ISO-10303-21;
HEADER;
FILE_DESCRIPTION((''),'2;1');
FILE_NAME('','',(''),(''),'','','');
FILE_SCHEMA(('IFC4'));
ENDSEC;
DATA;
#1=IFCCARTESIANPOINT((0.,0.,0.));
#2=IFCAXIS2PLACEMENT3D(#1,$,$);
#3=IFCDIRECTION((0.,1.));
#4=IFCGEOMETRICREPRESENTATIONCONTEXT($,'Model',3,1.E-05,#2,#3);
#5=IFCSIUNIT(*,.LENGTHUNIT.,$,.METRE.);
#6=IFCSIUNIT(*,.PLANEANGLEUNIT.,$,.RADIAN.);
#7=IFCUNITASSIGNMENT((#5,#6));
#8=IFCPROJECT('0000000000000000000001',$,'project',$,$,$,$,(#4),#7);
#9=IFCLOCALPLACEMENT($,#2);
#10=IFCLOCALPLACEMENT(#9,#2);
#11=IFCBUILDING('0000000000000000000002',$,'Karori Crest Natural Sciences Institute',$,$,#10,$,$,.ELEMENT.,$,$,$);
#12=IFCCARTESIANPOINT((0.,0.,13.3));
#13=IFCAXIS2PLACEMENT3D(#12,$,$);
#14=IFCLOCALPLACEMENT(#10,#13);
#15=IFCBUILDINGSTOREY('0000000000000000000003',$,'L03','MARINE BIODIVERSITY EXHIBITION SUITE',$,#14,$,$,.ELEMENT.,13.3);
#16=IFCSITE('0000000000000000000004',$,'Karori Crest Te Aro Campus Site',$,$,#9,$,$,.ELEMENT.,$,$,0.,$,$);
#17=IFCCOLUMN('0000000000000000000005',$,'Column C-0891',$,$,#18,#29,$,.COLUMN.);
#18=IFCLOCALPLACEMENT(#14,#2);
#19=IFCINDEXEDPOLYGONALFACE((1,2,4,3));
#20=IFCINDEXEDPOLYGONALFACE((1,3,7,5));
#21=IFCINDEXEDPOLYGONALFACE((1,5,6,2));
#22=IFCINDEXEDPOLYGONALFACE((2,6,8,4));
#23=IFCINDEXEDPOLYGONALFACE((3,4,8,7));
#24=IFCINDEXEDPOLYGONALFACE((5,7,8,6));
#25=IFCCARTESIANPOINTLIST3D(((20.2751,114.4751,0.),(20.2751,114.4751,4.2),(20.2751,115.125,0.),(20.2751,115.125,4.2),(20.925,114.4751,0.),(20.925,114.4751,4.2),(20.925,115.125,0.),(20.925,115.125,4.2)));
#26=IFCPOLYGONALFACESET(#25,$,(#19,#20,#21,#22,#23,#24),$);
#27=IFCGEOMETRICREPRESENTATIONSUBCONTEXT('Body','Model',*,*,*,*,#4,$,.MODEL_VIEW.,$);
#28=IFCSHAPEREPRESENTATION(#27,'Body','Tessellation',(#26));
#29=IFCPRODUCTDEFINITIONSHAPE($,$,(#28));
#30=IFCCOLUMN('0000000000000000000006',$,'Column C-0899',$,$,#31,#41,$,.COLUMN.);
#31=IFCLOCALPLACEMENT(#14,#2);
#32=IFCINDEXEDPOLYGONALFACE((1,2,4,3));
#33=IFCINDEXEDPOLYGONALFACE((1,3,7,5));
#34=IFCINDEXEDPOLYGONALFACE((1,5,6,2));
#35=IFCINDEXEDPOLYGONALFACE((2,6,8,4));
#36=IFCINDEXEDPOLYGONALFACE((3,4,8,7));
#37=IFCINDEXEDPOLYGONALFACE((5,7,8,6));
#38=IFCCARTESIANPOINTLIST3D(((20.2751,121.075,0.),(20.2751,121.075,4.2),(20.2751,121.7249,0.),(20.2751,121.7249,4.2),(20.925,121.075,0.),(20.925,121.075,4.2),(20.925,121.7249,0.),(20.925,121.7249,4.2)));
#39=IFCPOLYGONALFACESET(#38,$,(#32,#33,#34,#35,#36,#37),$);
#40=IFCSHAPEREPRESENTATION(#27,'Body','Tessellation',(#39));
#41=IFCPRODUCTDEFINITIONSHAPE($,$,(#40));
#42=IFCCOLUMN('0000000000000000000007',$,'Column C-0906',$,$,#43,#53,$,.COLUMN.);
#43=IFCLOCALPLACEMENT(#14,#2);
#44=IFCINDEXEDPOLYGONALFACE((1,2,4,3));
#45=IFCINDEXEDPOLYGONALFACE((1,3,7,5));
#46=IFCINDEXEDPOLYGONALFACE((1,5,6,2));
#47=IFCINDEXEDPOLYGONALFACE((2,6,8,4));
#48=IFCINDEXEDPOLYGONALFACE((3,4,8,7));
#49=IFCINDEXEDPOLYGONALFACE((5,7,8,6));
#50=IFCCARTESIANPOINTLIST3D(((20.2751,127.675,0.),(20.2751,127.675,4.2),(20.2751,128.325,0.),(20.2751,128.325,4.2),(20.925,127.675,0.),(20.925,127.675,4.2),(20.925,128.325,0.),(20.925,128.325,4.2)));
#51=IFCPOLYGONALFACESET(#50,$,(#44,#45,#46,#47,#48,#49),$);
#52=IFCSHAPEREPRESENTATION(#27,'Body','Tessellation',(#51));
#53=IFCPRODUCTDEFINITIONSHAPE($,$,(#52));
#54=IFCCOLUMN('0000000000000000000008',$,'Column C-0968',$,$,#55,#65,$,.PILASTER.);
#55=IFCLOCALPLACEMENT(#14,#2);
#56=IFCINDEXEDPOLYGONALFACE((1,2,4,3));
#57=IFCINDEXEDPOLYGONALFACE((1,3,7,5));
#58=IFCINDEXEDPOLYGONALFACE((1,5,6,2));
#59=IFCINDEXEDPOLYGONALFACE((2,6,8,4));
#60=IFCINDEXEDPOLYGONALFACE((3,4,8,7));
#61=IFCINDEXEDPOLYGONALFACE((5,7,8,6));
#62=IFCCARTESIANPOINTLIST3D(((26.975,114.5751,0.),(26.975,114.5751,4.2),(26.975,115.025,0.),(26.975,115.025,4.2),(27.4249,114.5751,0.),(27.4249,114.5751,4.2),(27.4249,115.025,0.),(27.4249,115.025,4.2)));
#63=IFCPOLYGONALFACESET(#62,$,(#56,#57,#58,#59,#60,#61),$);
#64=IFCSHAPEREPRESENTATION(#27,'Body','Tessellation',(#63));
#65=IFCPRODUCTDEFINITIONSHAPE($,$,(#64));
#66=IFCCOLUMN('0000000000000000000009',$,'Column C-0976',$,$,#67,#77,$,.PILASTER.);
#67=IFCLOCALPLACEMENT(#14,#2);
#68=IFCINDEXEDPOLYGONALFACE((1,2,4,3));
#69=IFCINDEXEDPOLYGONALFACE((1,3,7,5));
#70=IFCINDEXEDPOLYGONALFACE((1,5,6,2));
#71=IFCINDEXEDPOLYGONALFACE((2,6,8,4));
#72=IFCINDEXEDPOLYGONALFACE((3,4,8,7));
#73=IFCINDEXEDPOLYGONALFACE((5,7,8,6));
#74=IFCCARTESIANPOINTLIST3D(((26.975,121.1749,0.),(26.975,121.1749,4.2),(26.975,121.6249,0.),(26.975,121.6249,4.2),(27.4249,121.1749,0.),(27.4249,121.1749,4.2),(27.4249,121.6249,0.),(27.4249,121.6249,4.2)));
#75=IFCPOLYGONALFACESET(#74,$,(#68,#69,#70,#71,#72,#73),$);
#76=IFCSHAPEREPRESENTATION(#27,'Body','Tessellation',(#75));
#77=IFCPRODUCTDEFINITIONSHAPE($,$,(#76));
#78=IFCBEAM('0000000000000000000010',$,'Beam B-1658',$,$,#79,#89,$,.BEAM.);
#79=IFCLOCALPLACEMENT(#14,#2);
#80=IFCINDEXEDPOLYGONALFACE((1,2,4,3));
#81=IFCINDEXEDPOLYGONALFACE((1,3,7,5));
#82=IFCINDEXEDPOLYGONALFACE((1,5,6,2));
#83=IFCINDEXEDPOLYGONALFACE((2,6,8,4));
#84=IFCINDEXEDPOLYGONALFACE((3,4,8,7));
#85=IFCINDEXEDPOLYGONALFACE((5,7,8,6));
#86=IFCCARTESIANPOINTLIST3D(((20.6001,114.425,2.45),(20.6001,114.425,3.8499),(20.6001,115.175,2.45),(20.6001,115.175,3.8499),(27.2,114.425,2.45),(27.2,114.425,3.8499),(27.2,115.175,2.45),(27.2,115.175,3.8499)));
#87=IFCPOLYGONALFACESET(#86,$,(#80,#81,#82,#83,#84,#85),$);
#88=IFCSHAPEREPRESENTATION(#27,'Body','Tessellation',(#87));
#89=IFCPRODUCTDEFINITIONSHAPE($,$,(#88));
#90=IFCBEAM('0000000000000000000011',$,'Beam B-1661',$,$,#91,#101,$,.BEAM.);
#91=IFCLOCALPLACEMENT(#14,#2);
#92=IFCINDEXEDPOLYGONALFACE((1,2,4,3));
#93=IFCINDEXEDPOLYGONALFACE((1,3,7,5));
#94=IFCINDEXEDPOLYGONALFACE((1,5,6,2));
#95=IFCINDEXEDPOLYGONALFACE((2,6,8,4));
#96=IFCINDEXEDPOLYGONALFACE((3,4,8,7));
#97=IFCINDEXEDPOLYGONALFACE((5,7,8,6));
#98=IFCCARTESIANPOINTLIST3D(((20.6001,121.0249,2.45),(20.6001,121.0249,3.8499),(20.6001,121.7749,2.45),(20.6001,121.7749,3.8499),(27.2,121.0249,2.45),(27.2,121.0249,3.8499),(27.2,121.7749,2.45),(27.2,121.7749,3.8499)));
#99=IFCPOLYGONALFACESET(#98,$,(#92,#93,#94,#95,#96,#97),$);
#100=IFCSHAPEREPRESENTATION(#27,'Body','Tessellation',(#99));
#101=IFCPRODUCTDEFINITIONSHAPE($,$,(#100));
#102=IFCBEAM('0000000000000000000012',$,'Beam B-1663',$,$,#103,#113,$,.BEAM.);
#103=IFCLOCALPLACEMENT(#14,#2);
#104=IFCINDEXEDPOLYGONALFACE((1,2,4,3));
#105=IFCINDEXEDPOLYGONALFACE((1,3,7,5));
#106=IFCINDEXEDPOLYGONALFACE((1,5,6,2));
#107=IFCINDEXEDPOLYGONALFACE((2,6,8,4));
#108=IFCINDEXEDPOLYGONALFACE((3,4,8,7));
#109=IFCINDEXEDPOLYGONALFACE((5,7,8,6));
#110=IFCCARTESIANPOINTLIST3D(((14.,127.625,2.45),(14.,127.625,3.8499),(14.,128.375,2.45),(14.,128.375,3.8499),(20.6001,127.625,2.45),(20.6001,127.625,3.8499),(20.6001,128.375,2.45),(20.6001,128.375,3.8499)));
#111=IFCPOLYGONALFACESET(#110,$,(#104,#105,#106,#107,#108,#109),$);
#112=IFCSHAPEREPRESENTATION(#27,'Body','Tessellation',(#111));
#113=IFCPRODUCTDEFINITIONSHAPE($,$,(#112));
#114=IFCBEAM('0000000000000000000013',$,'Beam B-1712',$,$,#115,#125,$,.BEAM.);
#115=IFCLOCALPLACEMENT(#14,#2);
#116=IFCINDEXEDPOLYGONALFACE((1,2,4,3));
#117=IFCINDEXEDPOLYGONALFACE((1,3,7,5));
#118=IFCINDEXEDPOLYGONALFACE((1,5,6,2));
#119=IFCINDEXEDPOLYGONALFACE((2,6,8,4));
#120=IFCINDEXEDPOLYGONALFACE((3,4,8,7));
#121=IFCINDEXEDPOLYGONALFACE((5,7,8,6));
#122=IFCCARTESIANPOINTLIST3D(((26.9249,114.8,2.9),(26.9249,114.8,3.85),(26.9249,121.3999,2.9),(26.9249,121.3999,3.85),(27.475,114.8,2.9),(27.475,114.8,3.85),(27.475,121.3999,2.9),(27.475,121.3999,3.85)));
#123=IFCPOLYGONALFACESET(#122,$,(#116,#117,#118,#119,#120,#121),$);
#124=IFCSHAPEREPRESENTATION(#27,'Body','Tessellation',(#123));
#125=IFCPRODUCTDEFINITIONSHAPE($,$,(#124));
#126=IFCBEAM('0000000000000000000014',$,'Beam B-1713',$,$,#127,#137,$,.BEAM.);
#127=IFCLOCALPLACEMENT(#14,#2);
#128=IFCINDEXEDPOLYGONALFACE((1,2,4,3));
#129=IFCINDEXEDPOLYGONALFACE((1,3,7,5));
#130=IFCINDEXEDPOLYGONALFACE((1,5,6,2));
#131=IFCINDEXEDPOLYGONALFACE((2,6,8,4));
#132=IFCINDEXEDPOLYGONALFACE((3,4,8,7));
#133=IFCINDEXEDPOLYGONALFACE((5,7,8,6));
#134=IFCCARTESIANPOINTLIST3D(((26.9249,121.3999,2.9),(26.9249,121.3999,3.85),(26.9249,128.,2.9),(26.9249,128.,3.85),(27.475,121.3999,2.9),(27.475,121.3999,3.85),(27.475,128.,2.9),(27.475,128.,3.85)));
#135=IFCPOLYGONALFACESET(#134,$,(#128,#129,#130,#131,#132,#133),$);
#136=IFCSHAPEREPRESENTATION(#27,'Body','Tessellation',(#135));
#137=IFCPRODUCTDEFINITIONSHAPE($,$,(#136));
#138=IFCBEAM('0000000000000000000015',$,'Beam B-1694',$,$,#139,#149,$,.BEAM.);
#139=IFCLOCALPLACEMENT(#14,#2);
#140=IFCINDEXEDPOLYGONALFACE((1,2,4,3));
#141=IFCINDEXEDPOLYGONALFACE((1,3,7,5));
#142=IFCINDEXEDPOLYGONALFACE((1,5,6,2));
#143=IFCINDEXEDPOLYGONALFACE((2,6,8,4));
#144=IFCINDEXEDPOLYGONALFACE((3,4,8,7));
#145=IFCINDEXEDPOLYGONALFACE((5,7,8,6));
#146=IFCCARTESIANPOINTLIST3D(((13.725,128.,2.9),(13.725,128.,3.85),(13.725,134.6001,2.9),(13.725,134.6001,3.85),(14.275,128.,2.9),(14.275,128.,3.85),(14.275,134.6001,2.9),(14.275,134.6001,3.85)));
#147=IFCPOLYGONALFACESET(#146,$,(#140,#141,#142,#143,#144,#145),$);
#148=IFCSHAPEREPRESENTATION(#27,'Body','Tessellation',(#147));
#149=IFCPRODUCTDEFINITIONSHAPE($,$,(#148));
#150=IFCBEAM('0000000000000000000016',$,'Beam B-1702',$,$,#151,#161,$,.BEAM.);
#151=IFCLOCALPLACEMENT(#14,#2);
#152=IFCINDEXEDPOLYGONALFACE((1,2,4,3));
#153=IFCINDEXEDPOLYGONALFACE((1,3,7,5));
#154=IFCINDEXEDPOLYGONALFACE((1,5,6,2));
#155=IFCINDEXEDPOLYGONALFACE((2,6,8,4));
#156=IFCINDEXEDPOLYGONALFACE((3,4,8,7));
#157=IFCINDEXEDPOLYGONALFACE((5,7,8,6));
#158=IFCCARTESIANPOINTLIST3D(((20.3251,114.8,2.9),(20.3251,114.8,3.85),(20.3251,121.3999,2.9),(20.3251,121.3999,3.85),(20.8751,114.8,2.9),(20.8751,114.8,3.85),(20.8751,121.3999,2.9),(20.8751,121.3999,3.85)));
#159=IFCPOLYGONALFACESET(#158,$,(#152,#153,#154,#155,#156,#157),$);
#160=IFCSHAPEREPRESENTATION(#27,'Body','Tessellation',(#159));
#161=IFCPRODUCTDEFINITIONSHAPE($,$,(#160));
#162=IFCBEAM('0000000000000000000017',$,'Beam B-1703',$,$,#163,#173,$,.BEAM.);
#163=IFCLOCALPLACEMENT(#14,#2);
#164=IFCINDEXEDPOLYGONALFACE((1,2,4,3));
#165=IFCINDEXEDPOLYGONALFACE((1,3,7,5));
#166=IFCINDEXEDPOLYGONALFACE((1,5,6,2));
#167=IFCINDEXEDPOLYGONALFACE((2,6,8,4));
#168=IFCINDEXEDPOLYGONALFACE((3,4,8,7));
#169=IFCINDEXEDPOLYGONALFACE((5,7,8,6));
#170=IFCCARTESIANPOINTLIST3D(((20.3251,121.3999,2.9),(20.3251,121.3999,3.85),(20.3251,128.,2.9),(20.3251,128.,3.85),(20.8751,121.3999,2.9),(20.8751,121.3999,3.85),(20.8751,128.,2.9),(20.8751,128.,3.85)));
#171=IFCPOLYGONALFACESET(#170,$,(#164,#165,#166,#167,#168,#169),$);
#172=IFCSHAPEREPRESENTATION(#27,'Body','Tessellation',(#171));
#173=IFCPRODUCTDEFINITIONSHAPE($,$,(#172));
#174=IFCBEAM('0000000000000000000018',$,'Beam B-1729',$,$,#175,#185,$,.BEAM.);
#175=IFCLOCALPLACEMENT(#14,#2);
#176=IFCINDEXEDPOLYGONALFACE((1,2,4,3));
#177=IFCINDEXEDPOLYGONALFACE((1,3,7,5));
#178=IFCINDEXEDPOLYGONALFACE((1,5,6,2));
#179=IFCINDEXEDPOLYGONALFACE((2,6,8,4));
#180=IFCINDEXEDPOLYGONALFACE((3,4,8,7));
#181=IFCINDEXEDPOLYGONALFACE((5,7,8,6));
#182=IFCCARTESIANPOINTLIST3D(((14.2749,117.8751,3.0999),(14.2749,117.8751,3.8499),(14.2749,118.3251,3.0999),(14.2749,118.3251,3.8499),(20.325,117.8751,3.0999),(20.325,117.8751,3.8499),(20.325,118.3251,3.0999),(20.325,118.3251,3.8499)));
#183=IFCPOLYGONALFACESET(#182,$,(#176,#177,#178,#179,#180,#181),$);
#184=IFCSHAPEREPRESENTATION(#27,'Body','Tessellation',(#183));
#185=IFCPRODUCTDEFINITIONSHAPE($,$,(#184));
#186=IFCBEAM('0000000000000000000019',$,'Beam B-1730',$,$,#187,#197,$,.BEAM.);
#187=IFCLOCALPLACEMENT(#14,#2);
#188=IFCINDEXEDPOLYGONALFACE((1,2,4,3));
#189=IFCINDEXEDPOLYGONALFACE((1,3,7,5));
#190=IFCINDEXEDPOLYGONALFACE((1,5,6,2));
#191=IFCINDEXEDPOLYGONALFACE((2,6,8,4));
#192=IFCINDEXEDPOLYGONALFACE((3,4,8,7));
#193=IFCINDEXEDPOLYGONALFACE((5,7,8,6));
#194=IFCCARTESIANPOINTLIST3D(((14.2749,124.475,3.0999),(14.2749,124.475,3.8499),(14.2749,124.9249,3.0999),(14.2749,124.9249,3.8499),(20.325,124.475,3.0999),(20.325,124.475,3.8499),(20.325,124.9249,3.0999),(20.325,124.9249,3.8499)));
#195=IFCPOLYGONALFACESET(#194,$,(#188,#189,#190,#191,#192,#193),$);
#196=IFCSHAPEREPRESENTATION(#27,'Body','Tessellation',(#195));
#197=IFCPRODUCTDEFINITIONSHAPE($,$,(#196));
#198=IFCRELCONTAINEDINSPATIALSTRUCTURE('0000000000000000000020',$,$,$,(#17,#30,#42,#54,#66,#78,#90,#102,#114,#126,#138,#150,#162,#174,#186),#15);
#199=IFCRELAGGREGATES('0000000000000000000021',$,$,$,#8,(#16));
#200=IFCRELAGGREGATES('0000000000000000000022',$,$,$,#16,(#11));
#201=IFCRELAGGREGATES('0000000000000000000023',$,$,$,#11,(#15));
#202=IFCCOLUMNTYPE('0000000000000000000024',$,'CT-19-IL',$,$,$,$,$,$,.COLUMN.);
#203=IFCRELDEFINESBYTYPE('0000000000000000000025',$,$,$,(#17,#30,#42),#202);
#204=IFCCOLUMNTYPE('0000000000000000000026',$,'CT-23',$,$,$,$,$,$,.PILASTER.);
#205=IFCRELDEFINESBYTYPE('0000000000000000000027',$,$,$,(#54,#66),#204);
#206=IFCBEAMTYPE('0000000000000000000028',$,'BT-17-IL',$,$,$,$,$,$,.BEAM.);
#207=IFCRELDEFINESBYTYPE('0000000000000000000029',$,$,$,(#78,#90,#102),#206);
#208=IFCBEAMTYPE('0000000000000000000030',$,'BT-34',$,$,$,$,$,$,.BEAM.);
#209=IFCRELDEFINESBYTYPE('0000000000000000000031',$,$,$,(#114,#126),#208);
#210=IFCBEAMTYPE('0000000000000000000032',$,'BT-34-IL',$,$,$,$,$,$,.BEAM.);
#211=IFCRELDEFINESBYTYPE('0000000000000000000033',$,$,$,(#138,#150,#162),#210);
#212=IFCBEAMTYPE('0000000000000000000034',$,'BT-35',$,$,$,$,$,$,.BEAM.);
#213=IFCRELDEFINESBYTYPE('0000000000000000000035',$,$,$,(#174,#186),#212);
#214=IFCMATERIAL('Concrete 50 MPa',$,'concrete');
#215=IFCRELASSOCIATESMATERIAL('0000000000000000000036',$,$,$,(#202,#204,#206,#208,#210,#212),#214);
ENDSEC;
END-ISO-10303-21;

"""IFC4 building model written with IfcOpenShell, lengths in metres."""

from ifc_helpers import new_model, si_unit, direction, frame, origin, origin_2d, place, context, subcontext, project, spatial, rectangle, extrude, material, material_profile, profile_set, type_object, element, save


model = new_model("IFC4")

# Units and contexts
model_context = context("Model", 3, precision=1e-05, world=origin(), true_north=direction((0.0, 1.0)))
body_context = subcontext(model_context, "Body", "Model", "MODEL_VIEW")
ifc_project = project(units=[si_unit("LENGTHUNIT", "METRE"), si_unit("PLANEANGLEUNIT", "RADIAN")], contexts=[model_context])

# Site, building, storey
site_placement = place(None, origin())
site = spatial("IfcSite", under=ifc_project, at=site_placement, Name="Karori Crest Te Aro Campus Site", CompositionType="ELEMENT", RefElevation=0.0)
building_placement = place(site_placement, origin())
building = spatial("IfcBuilding", under=site, at=building_placement, Name="Karori Crest Natural Sciences Institute", CompositionType="ELEMENT")
storey_placement = place(building_placement, frame((0.0, 0.0, 13.3)))
storey = spatial("IfcBuildingStorey", under=building, at=storey_placement, Name="L03", Description="MARINE BIODIVERSITY EXHIBITION SUITE", CompositionType="ELEMENT", Elevation=13.3)

# Columns
ifc_material_1 = material(Name="Concrete 50 MPa", Category="concrete")
ifc_material_profile_1 = material_profile(ifc_material_1, rectangle(XDim=0.6499, YDim=0.6499, at=origin_2d()), Name="RC650x650")
ifc_profile_set_1 = profile_set([ifc_material_profile_1], Name="Concrete 50 MPa")
column_type_1 = type_object("IfcColumnType", Name="CT-19-IL", PredefinedType="COLUMN", material=ifc_profile_set_1)
for number, where, z_axis, x_axis, name in (
    (1, (20.6001, 114.8, 0.0), (0.0, 0.0, 1.0), (1.0, 0.0, 0.0), "Column C-0891"),
    (2, (20.6001, 121.3999, 0.0), (0.0, 0.0, 1.0), (1.0, 0.0, 0.0), "Column C-0899"),
    (3, (20.6001, 128.0, 0.0), (0.0, 0.0, 1.0), (1.0, 0.0, 0.0), "Column C-0906"),
):
    element("IfcColumn", number, at=place(storey_placement, frame(where, z_axis=z_axis, x_axis=x_axis)), inside=storey, type_object=column_type_1, Name=name, PredefinedType="COLUMN", context=body_context, shape_type="SweptSolid", body=[
        extrude(rectangle(XDim=0.6499, YDim=0.6499, at=origin_2d()), origin(), (0.0, 0.0, 1.0), 4.2),
    ])
ifc_material_profile_2 = material_profile(ifc_material_1, rectangle(XDim=0.45, YDim=0.45, at=origin_2d()), Name="RC450x450")
ifc_profile_set_2 = profile_set([ifc_material_profile_2], Name="Concrete 50 MPa")
column_type_2 = type_object("IfcColumnType", Name="CT-23", PredefinedType="PILASTER", material=ifc_profile_set_2)
for number, where, z_axis, x_axis, name in (
    (4, (27.2, 114.8, 0.0), (0.0, 0.0, 1.0), (1.0, 0.0, 0.0), "Column C-0968"),
    (5, (27.2, 121.3999, 0.0), (0.0, 0.0, 1.0), (1.0, 0.0, 0.0), "Column C-0976"),
):
    element("IfcColumn", number, at=place(storey_placement, frame(where, z_axis=z_axis, x_axis=x_axis)), inside=storey, type_object=column_type_2, Name=name, PredefinedType="PILASTER", context=body_context, shape_type="SweptSolid", body=[
        extrude(rectangle(XDim=0.45, YDim=0.45, at=origin_2d()), origin(), (0.0, 0.0, 1.0), 4.2),
    ])

# Beams
ifc_material_profile_3 = material_profile(ifc_material_1, rectangle(XDim=0.75, YDim=1.3999, at=origin_2d()), Name="RCB750x1400")
ifc_profile_set_3 = profile_set([ifc_material_profile_3], Name="Concrete 50 MPa")
beam_type_1 = type_object("IfcBeamType", Name="BT-17-IL", PredefinedType="BEAM", material=ifc_profile_set_3)
for number, where, z_axis, x_axis, name in (
    (6, (20.6001, 114.8, 3.1499), (1.0, 0.0, 0.0), (0.0, 1.0, 0.0), "Beam B-1658"),
    (7, (20.6001, 121.3999, 3.1499), (1.0, 0.0, 0.0), (0.0, 1.0, 0.0), "Beam B-1661"),
):
    element("IfcBeam", number, at=place(storey_placement, frame(where, z_axis=z_axis, x_axis=x_axis)), inside=storey, type_object=beam_type_1, Name=name, PredefinedType="BEAM", context=body_context, shape_type="SweptSolid", body=[
        extrude(rectangle(XDim=0.75, YDim=1.3999, at=origin_2d()), origin(), (0.0, 0.0, 1.0), 6.5999),
    ])
beam_1_placement = place(storey_placement, frame((14.0, 128.0, 3.1499), z_axis=(1.0, 0.0, 0.0), x_axis=(0.0, 1.0, 0.0)))
element("IfcBeam", 8, at=beam_1_placement, inside=storey, type_object=beam_type_1, Name="Beam B-1663", PredefinedType="BEAM", context=body_context, shape_type="SweptSolid", body=[
    extrude(rectangle(XDim=0.75, YDim=1.3999, at=origin_2d()), origin(), (0.0, 0.0, 1.0), 6.6001),
])
ifc_material_profile_4 = material_profile(ifc_material_1, rectangle(XDim=0.55, YDim=0.95, at=origin_2d()), Name="RCB550x950")
ifc_profile_set_4 = profile_set([ifc_material_profile_4], Name="Concrete 50 MPa")
beam_type_2 = type_object("IfcBeamType", Name="BT-34", PredefinedType="BEAM", material=ifc_profile_set_4)
beam_2_placement = place(storey_placement, frame((27.2, 114.8, 3.375), z_axis=(0.0, 1.0, 0.0), x_axis=(-1.0, 0.0, 0.0)))
element("IfcBeam", 9, at=beam_2_placement, inside=storey, type_object=beam_type_2, Name="Beam B-1712", PredefinedType="BEAM", context=body_context, shape_type="SweptSolid", body=[
    extrude(rectangle(XDim=0.55, YDim=0.95, at=origin_2d()), origin(), (0.0, 0.0, 1.0), 6.5999),
])
beam_3_placement = place(storey_placement, frame((27.2, 121.3999, 3.375), z_axis=(0.0, 1.0, 0.0), x_axis=(-1.0, 0.0, 0.0)))
element("IfcBeam", 10, at=beam_3_placement, inside=storey, type_object=beam_type_2, Name="Beam B-1713", PredefinedType="BEAM", context=body_context, shape_type="SweptSolid", body=[
    extrude(rectangle(XDim=0.55, YDim=0.95, at=origin_2d()), origin(), (0.0, 0.0, 1.0), 6.6001),
])
ifc_material_profile_5 = material_profile(ifc_material_1, rectangle(XDim=0.55, YDim=0.95, at=origin_2d()), Name="RCB550x950")
ifc_profile_set_5 = profile_set([ifc_material_profile_5], Name="Concrete 50 MPa")
beam_type_3 = type_object("IfcBeamType", Name="BT-34-IL", PredefinedType="BEAM", material=ifc_profile_set_5)
beam_4_placement = place(storey_placement, frame((14.0, 128.0, 3.375), z_axis=(0.0, 1.0, 0.0), x_axis=(-1.0, 0.0, 0.0)))
element("IfcBeam", 11, at=beam_4_placement, inside=storey, type_object=beam_type_3, Name="Beam B-1694", PredefinedType="BEAM", context=body_context, shape_type="SweptSolid", body=[
    extrude(rectangle(XDim=0.55, YDim=0.95, at=origin_2d()), origin(), (0.0, 0.0, 1.0), 6.6001),
])
beam_5_placement = place(storey_placement, frame((20.6001, 114.8, 3.375), z_axis=(0.0, 1.0, 0.0), x_axis=(-1.0, 0.0, 0.0)))
element("IfcBeam", 12, at=beam_5_placement, inside=storey, type_object=beam_type_3, Name="Beam B-1702", PredefinedType="BEAM", context=body_context, shape_type="SweptSolid", body=[
    extrude(rectangle(XDim=0.55, YDim=0.95, at=origin_2d()), origin(), (0.0, 0.0, 1.0), 6.5999),
])
beam_6_placement = place(storey_placement, frame((20.6001, 121.3999, 3.375), z_axis=(0.0, 1.0, 0.0), x_axis=(-1.0, 0.0, 0.0)))
element("IfcBeam", 13, at=beam_6_placement, inside=storey, type_object=beam_type_3, Name="Beam B-1703", PredefinedType="BEAM", context=body_context, shape_type="SweptSolid", body=[
    extrude(rectangle(XDim=0.55, YDim=0.95, at=origin_2d()), origin(), (0.0, 0.0, 1.0), 6.6001),
])
ifc_material_profile_6 = material_profile(ifc_material_1, rectangle(XDim=0.45, YDim=0.75, at=origin_2d()), Name="RCB450x750")
ifc_profile_set_6 = profile_set([ifc_material_profile_6], Name="Concrete 50 MPa")
beam_type_4 = type_object("IfcBeamType", Name="BT-35", PredefinedType="BEAM", material=ifc_profile_set_6)
for number, where, z_axis, x_axis, name in (
    (14, (14.2749, 118.1001, 3.4749), (1.0, 0.0, 0.0), (0.0, 1.0, 0.0), "Beam B-1729"),
    (15, (14.2749, 124.7, 3.4749), (1.0, 0.0, 0.0), (0.0, 1.0, 0.0), "Beam B-1730"),
):
    element("IfcBeam", number, at=place(storey_placement, frame(where, z_axis=z_axis, x_axis=x_axis)), inside=storey, type_object=beam_type_4, Name=name, PredefinedType="BEAM", context=body_context, shape_type="SweptSolid", body=[
        extrude(rectangle(XDim=0.45, YDim=0.75, at=origin_2d()), origin(), (0.0, 0.0, 1.0), 6.05),
    ])

save(model, "model.ifc")
